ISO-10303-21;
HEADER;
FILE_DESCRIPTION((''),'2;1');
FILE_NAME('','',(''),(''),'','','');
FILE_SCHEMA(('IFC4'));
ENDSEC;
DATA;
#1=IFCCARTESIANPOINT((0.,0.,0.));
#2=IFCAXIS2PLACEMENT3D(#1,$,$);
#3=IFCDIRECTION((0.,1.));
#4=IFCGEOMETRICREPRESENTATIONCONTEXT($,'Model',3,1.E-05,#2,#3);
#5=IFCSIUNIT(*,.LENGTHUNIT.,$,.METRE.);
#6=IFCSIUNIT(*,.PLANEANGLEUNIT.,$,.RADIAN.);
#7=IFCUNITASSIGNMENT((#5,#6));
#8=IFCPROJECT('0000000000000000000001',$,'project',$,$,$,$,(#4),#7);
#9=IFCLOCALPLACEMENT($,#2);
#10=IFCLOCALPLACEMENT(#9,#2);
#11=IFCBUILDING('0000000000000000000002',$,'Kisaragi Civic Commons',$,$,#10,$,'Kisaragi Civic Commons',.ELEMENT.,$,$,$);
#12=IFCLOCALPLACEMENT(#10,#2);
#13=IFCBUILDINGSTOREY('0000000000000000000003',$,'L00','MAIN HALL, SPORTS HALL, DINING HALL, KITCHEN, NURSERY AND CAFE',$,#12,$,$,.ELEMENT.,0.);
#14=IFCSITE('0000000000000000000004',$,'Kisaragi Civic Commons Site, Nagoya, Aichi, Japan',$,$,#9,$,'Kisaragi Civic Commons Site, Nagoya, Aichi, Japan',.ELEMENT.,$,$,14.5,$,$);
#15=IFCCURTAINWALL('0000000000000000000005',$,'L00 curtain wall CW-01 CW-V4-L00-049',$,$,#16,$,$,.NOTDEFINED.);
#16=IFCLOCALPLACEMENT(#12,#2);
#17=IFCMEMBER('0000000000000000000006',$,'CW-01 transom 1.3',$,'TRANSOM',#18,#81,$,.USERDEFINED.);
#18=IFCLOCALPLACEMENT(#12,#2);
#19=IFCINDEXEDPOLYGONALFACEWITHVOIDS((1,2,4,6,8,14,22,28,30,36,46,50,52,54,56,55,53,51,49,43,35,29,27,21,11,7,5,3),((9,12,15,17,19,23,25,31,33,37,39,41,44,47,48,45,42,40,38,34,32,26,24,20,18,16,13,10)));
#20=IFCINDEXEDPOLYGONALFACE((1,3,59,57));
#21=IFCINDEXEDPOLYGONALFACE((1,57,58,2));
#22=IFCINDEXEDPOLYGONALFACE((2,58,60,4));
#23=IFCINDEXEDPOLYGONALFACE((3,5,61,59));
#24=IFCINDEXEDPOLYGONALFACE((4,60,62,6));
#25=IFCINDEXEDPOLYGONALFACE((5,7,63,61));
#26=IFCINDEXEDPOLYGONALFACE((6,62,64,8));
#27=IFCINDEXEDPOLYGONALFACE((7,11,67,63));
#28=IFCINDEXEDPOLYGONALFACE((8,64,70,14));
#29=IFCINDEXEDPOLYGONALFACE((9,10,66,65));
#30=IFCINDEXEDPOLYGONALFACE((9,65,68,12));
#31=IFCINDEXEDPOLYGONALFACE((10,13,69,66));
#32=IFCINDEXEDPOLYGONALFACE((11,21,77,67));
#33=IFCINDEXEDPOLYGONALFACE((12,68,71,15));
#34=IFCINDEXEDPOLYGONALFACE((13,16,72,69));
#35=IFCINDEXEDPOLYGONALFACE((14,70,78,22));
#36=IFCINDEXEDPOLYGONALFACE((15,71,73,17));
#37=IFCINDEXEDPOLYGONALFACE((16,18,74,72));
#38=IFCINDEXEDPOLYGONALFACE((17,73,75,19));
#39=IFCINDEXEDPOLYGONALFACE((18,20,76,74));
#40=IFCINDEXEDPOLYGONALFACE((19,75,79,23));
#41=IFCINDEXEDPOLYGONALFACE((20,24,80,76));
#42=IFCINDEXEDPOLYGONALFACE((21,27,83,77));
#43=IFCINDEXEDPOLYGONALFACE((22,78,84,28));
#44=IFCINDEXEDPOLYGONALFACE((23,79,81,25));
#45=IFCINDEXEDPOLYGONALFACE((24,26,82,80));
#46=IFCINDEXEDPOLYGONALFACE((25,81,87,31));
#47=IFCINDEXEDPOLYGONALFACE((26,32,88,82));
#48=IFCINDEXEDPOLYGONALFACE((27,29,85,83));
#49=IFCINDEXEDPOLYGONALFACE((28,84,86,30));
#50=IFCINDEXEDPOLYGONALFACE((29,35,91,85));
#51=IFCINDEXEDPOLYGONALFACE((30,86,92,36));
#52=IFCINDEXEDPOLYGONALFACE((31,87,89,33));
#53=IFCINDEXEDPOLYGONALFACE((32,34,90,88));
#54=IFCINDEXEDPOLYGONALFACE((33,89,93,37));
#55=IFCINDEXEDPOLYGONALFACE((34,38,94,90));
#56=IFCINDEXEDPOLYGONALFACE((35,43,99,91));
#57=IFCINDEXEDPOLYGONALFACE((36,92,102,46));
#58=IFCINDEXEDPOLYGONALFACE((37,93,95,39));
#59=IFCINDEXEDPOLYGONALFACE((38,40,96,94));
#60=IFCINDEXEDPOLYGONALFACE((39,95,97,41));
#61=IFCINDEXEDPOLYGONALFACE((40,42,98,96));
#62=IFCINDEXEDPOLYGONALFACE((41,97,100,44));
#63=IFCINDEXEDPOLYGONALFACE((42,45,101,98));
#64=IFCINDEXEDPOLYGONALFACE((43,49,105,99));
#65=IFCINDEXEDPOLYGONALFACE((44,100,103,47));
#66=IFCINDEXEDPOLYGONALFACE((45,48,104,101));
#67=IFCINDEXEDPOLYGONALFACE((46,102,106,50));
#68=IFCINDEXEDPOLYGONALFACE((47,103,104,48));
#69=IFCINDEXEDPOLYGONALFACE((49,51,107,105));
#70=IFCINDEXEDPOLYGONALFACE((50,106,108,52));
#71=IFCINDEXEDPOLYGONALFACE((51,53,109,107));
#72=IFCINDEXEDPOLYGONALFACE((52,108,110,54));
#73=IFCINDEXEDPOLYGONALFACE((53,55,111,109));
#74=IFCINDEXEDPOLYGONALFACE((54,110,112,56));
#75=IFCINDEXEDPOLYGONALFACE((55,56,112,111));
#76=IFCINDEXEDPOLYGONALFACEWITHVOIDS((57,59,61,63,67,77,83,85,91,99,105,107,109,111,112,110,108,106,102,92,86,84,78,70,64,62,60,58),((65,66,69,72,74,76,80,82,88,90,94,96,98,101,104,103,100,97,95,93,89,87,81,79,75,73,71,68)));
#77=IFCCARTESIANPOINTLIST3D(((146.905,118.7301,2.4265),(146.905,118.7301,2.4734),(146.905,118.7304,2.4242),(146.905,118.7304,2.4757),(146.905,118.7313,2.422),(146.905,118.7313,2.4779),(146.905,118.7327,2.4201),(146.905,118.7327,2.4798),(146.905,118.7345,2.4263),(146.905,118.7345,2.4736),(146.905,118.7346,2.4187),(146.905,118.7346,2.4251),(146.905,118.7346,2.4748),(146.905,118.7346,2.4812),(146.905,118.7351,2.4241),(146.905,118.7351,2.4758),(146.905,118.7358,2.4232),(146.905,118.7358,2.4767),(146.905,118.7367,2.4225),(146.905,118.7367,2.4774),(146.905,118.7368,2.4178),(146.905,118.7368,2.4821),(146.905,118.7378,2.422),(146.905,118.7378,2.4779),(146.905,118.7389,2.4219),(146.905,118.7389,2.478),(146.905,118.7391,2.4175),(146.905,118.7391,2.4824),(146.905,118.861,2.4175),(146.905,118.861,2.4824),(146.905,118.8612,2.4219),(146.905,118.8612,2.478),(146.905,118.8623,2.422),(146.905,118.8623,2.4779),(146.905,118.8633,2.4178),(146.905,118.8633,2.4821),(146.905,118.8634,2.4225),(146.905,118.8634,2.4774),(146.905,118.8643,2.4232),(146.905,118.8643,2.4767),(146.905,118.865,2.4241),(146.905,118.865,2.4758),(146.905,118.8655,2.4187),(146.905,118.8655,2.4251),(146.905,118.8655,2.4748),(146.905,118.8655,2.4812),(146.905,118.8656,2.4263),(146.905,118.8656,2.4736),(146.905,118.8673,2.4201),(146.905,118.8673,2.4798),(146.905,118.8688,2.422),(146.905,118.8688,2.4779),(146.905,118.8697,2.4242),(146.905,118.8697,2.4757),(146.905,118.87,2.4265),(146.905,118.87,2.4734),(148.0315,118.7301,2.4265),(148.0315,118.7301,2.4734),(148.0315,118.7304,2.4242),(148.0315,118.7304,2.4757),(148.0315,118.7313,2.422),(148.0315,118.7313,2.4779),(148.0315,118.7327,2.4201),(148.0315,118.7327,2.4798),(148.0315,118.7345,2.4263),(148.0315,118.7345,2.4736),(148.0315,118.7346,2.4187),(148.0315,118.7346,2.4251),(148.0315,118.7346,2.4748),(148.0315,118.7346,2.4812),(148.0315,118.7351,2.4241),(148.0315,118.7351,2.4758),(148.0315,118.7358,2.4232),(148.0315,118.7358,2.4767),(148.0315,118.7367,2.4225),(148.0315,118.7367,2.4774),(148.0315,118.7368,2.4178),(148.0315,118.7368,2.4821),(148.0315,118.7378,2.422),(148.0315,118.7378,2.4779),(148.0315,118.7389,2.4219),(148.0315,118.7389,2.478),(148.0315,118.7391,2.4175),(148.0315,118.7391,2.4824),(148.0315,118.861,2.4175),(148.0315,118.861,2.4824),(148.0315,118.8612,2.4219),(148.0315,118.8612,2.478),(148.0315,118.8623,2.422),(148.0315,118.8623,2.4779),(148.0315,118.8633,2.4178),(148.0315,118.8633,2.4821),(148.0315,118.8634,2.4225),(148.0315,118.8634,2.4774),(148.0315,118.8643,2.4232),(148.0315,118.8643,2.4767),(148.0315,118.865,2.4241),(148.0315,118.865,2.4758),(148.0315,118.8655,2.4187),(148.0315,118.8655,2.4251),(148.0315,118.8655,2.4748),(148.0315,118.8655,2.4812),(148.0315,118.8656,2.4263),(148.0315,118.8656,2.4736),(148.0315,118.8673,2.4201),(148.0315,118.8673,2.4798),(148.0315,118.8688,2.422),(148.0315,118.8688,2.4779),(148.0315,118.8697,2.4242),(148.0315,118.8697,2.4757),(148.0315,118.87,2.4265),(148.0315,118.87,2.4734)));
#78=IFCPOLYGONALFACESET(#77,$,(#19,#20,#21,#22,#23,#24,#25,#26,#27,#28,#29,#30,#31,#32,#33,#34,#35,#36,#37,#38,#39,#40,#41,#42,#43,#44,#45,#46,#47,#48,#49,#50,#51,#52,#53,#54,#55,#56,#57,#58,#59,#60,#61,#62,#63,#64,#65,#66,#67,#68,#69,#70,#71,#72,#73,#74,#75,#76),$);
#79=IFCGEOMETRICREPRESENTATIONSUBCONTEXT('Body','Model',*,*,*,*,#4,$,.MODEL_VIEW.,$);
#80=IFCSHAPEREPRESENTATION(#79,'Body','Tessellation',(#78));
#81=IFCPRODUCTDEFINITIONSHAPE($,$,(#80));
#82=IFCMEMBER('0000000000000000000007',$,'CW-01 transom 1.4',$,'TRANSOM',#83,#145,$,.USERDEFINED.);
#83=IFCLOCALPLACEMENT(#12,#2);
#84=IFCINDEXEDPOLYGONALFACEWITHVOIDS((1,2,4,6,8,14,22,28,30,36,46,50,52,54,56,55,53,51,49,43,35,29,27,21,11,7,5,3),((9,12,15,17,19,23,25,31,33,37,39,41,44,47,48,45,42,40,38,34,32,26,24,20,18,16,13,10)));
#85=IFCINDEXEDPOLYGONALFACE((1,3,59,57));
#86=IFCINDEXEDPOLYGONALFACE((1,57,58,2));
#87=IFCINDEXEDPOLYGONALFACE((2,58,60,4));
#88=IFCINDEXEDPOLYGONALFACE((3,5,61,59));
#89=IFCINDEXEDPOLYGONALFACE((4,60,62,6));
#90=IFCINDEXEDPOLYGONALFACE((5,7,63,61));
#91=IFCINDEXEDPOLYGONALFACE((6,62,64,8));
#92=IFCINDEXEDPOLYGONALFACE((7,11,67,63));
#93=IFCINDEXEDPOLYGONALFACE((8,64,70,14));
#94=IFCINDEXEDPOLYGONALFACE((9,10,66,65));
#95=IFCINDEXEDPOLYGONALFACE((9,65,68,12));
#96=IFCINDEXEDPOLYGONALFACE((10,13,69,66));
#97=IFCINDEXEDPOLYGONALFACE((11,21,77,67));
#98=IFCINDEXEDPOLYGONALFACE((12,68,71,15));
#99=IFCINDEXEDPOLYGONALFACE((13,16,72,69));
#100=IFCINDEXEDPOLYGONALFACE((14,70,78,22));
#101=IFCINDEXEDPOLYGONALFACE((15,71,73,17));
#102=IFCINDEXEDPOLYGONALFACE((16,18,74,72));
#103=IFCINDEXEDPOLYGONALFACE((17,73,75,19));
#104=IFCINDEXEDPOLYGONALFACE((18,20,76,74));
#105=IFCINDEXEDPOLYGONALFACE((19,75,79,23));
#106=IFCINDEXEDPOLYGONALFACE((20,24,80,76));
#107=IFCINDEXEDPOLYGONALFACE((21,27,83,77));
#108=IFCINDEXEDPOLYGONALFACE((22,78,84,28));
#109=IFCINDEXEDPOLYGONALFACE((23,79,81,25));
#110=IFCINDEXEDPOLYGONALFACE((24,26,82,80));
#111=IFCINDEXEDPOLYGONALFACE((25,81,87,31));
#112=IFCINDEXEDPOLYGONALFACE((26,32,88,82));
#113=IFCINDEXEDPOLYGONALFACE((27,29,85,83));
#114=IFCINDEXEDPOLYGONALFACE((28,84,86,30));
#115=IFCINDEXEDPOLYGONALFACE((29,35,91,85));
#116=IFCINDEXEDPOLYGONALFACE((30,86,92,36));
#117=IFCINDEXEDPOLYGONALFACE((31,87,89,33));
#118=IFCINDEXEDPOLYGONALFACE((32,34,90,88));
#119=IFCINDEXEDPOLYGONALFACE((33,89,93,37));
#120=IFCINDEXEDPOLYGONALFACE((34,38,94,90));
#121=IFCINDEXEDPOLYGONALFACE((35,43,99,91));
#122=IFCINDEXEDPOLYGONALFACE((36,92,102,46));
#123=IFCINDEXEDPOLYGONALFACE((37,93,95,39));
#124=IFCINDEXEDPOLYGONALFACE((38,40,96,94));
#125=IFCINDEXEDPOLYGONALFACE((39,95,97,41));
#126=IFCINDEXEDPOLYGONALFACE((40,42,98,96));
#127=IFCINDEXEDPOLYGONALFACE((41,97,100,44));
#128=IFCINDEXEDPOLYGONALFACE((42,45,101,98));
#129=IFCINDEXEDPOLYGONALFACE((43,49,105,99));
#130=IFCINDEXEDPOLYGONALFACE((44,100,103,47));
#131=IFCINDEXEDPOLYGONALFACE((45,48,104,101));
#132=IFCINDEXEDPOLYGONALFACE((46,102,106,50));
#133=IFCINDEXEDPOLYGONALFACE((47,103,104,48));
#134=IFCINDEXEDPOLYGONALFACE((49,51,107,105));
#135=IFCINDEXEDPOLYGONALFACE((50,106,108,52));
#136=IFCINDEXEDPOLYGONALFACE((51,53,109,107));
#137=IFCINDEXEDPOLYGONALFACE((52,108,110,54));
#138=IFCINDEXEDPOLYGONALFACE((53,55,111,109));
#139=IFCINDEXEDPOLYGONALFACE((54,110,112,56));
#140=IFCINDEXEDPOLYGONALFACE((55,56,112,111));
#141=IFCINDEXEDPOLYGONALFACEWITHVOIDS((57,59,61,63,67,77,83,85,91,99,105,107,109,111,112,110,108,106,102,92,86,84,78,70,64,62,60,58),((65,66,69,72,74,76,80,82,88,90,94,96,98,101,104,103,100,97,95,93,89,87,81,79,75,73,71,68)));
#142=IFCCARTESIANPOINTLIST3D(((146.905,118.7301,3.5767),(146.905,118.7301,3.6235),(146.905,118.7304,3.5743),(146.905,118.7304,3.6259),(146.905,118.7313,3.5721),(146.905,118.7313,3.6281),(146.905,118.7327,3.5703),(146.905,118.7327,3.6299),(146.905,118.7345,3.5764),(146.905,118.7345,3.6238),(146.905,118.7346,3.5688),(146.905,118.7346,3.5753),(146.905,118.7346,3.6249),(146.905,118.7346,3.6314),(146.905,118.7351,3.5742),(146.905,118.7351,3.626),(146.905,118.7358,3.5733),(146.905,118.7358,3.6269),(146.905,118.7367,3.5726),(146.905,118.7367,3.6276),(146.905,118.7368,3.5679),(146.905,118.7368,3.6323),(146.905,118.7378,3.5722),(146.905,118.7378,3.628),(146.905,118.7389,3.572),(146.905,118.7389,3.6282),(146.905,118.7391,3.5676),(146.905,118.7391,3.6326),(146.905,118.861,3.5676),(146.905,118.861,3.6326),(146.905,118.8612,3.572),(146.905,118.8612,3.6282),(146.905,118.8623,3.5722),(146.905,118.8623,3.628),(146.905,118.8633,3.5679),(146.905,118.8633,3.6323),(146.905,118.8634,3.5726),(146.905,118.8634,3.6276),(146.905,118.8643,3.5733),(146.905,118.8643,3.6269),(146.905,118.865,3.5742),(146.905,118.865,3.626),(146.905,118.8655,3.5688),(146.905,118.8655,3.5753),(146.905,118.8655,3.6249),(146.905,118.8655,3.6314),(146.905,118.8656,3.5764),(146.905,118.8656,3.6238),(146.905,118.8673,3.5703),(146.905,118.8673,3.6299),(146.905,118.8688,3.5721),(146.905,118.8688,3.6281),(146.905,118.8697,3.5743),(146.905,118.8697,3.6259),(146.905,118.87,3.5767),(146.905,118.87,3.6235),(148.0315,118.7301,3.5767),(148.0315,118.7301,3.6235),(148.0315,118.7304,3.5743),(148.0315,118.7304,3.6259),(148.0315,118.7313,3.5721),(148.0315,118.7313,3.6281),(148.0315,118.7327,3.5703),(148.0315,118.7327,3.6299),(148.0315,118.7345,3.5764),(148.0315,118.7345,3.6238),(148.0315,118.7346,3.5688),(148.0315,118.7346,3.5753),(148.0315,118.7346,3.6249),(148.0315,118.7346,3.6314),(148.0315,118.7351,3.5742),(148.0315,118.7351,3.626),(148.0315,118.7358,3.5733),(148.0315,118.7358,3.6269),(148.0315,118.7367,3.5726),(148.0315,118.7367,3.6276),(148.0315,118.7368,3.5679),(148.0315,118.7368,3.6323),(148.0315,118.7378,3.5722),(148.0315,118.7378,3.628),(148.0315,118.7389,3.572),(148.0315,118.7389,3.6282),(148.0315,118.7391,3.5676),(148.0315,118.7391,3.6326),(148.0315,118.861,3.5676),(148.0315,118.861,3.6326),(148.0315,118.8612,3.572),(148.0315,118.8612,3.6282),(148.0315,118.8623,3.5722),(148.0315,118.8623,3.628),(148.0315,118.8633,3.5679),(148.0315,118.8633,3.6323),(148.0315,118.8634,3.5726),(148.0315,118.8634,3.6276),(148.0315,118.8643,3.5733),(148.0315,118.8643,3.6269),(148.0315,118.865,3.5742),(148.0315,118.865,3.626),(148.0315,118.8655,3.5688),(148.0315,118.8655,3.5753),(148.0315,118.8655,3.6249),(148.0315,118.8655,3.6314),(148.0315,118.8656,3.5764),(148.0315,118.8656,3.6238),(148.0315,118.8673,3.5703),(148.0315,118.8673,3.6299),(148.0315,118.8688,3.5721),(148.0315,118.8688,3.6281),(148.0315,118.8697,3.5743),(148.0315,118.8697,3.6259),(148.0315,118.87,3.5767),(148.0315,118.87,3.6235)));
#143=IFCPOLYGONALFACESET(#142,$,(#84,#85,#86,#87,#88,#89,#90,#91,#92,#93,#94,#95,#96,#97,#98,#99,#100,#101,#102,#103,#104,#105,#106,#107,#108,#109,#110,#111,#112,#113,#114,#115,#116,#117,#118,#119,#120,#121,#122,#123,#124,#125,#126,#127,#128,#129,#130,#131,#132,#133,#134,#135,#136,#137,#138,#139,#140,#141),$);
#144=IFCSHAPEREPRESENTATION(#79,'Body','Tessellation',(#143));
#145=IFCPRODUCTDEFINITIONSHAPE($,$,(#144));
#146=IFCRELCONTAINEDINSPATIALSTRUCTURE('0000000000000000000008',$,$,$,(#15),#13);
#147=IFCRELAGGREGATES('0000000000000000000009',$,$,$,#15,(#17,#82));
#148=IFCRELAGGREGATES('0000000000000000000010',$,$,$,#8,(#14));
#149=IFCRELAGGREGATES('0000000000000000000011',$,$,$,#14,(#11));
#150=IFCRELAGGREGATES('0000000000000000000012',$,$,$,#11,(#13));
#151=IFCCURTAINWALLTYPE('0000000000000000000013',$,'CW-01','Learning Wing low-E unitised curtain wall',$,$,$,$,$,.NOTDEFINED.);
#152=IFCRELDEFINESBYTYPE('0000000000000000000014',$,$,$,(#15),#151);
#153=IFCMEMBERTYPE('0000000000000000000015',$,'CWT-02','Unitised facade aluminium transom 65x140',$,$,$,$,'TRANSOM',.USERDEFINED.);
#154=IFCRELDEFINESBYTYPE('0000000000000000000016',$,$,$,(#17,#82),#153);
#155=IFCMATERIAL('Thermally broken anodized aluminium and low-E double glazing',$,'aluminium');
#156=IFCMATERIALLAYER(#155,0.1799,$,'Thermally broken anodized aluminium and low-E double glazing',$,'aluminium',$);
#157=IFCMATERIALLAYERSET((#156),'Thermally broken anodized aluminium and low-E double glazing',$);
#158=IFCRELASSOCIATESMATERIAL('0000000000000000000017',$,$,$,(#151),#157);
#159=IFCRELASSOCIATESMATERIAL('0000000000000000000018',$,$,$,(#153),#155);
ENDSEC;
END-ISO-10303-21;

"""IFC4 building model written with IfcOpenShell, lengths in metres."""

from ifc_helpers import new_model, si_unit, direction, frame, origin, origin_2d, place, context, subcontext, project, spatial, hollow_rectangle, extrude, material, layer, layer_set, material_profile, profile_set, type_object, element, aggregate, save


model = new_model("IFC4")

# Units and contexts
model_context = context("Model", 3, precision=1e-05, world=origin(), true_north=direction((0.0, 1.0)))
body_context = subcontext(model_context, "Body", "Model", "MODEL_VIEW")
ifc_project = project(units=[si_unit("LENGTHUNIT", "METRE"), si_unit("PLANEANGLEUNIT", "RADIAN")], contexts=[model_context])

# Site, building, storey
site_placement = place(None, origin())
site = spatial("IfcSite", under=ifc_project, at=site_placement, Name="Kisaragi Civic Commons Site, Nagoya, Aichi, Japan", LongName="Kisaragi Civic Commons Site, Nagoya, Aichi, Japan", CompositionType="ELEMENT", RefElevation=14.5)
building_placement = place(site_placement, origin())
building = spatial("IfcBuilding", under=site, at=building_placement, Name="Kisaragi Civic Commons", LongName="Kisaragi Civic Commons", CompositionType="ELEMENT")
storey_placement = place(building_placement, origin())
storey = spatial("IfcBuildingStorey", under=building, at=storey_placement, Name="L00", Description="MAIN HALL, SPORTS HALL, DINING HALL, KITCHEN, NURSERY AND CAFE", CompositionType="ELEMENT", Elevation=0.0)

# Curtain wall, members
ifc_material_1 = material(Name="Thermally broken anodized aluminium and low-E double glazing", Category="aluminium")
ifc_layer_1 = layer(ifc_material_1, 0.1799, Name="Thermally broken anodized aluminium and low-E double glazing", Category="aluminium")
ifc_layer_set_1 = layer_set([ifc_layer_1], Name="Thermally broken anodized aluminium and low-E double glazing")
curtain_wall_type = type_object("IfcCurtainWallType", Name="CW-01", Description="Learning Wing low-E unitised curtain wall", PredefinedType="NOTDEFINED", material=ifc_layer_set_1)
curtain_wall_placement = place(storey_placement, origin())
curtain_wall = element("IfcCurtainWall", 1, at=curtain_wall_placement, inside=storey, type_object=curtain_wall_type, Name="L00 curtain wall CW-01 CW-V4-L00-049", PredefinedType="NOTDEFINED")
ifc_material_profile_1 = material_profile(ifc_material_1, hollow_rectangle(XDim=0.1399, YDim=0.0649, WallThickness=0.0044, InnerFilletRadius=0.0044, OuterFilletRadius=0.009, at=origin_2d()), Name="CWT-65x140x4.5", Category="aluminium")
ifc_profile_set_1 = profile_set([ifc_material_profile_1], Name="Thermally broken anodized aluminium and low-E double glazing")
member_type_1 = type_object("IfcMemberType", Name="CWT-02", Description="Unitised facade aluminium transom 65x140", ElementType="TRANSOM", PredefinedType="USERDEFINED", material=ifc_profile_set_1)
member_1_placement = place(storey_placement, frame((146.905, 118.8, 2.45), z_axis=(1.0, 0.0, 0.0), x_axis=(0.0, 1.0, 0.0)))
member_1 = element("IfcMember", 2, at=member_1_placement, type_object=member_type_1, Name="CW-01 transom 1.3", ObjectType="TRANSOM", PredefinedType="USERDEFINED", context=body_context, shape_type="SweptSolid", body=[
    extrude(hollow_rectangle(XDim=0.1399, YDim=0.0649, WallThickness=0.0044, InnerFilletRadius=0.0044, OuterFilletRadius=0.009, at=origin_2d()), origin(), (0.0, 0.0, 1.0), 1.1265),
])
member_2_placement = place(storey_placement, frame((146.905, 118.8, 3.6001), z_axis=(1.0, 0.0, 0.0), x_axis=(0.0, 1.0, 0.0)))
member_2 = element("IfcMember", 3, at=member_2_placement, type_object=member_type_1, Name="CW-01 transom 1.4", ObjectType="TRANSOM", PredefinedType="USERDEFINED", context=body_context, shape_type="SweptSolid", body=[
    extrude(hollow_rectangle(XDim=0.1399, YDim=0.0649, WallThickness=0.0044, InnerFilletRadius=0.0044, OuterFilletRadius=0.009, at=origin_2d()), origin(), (0.0, 0.0, 1.0), 1.1265),
])
aggregate(curtain_wall, [member_1, member_2])

save(model, "model.ifc")
